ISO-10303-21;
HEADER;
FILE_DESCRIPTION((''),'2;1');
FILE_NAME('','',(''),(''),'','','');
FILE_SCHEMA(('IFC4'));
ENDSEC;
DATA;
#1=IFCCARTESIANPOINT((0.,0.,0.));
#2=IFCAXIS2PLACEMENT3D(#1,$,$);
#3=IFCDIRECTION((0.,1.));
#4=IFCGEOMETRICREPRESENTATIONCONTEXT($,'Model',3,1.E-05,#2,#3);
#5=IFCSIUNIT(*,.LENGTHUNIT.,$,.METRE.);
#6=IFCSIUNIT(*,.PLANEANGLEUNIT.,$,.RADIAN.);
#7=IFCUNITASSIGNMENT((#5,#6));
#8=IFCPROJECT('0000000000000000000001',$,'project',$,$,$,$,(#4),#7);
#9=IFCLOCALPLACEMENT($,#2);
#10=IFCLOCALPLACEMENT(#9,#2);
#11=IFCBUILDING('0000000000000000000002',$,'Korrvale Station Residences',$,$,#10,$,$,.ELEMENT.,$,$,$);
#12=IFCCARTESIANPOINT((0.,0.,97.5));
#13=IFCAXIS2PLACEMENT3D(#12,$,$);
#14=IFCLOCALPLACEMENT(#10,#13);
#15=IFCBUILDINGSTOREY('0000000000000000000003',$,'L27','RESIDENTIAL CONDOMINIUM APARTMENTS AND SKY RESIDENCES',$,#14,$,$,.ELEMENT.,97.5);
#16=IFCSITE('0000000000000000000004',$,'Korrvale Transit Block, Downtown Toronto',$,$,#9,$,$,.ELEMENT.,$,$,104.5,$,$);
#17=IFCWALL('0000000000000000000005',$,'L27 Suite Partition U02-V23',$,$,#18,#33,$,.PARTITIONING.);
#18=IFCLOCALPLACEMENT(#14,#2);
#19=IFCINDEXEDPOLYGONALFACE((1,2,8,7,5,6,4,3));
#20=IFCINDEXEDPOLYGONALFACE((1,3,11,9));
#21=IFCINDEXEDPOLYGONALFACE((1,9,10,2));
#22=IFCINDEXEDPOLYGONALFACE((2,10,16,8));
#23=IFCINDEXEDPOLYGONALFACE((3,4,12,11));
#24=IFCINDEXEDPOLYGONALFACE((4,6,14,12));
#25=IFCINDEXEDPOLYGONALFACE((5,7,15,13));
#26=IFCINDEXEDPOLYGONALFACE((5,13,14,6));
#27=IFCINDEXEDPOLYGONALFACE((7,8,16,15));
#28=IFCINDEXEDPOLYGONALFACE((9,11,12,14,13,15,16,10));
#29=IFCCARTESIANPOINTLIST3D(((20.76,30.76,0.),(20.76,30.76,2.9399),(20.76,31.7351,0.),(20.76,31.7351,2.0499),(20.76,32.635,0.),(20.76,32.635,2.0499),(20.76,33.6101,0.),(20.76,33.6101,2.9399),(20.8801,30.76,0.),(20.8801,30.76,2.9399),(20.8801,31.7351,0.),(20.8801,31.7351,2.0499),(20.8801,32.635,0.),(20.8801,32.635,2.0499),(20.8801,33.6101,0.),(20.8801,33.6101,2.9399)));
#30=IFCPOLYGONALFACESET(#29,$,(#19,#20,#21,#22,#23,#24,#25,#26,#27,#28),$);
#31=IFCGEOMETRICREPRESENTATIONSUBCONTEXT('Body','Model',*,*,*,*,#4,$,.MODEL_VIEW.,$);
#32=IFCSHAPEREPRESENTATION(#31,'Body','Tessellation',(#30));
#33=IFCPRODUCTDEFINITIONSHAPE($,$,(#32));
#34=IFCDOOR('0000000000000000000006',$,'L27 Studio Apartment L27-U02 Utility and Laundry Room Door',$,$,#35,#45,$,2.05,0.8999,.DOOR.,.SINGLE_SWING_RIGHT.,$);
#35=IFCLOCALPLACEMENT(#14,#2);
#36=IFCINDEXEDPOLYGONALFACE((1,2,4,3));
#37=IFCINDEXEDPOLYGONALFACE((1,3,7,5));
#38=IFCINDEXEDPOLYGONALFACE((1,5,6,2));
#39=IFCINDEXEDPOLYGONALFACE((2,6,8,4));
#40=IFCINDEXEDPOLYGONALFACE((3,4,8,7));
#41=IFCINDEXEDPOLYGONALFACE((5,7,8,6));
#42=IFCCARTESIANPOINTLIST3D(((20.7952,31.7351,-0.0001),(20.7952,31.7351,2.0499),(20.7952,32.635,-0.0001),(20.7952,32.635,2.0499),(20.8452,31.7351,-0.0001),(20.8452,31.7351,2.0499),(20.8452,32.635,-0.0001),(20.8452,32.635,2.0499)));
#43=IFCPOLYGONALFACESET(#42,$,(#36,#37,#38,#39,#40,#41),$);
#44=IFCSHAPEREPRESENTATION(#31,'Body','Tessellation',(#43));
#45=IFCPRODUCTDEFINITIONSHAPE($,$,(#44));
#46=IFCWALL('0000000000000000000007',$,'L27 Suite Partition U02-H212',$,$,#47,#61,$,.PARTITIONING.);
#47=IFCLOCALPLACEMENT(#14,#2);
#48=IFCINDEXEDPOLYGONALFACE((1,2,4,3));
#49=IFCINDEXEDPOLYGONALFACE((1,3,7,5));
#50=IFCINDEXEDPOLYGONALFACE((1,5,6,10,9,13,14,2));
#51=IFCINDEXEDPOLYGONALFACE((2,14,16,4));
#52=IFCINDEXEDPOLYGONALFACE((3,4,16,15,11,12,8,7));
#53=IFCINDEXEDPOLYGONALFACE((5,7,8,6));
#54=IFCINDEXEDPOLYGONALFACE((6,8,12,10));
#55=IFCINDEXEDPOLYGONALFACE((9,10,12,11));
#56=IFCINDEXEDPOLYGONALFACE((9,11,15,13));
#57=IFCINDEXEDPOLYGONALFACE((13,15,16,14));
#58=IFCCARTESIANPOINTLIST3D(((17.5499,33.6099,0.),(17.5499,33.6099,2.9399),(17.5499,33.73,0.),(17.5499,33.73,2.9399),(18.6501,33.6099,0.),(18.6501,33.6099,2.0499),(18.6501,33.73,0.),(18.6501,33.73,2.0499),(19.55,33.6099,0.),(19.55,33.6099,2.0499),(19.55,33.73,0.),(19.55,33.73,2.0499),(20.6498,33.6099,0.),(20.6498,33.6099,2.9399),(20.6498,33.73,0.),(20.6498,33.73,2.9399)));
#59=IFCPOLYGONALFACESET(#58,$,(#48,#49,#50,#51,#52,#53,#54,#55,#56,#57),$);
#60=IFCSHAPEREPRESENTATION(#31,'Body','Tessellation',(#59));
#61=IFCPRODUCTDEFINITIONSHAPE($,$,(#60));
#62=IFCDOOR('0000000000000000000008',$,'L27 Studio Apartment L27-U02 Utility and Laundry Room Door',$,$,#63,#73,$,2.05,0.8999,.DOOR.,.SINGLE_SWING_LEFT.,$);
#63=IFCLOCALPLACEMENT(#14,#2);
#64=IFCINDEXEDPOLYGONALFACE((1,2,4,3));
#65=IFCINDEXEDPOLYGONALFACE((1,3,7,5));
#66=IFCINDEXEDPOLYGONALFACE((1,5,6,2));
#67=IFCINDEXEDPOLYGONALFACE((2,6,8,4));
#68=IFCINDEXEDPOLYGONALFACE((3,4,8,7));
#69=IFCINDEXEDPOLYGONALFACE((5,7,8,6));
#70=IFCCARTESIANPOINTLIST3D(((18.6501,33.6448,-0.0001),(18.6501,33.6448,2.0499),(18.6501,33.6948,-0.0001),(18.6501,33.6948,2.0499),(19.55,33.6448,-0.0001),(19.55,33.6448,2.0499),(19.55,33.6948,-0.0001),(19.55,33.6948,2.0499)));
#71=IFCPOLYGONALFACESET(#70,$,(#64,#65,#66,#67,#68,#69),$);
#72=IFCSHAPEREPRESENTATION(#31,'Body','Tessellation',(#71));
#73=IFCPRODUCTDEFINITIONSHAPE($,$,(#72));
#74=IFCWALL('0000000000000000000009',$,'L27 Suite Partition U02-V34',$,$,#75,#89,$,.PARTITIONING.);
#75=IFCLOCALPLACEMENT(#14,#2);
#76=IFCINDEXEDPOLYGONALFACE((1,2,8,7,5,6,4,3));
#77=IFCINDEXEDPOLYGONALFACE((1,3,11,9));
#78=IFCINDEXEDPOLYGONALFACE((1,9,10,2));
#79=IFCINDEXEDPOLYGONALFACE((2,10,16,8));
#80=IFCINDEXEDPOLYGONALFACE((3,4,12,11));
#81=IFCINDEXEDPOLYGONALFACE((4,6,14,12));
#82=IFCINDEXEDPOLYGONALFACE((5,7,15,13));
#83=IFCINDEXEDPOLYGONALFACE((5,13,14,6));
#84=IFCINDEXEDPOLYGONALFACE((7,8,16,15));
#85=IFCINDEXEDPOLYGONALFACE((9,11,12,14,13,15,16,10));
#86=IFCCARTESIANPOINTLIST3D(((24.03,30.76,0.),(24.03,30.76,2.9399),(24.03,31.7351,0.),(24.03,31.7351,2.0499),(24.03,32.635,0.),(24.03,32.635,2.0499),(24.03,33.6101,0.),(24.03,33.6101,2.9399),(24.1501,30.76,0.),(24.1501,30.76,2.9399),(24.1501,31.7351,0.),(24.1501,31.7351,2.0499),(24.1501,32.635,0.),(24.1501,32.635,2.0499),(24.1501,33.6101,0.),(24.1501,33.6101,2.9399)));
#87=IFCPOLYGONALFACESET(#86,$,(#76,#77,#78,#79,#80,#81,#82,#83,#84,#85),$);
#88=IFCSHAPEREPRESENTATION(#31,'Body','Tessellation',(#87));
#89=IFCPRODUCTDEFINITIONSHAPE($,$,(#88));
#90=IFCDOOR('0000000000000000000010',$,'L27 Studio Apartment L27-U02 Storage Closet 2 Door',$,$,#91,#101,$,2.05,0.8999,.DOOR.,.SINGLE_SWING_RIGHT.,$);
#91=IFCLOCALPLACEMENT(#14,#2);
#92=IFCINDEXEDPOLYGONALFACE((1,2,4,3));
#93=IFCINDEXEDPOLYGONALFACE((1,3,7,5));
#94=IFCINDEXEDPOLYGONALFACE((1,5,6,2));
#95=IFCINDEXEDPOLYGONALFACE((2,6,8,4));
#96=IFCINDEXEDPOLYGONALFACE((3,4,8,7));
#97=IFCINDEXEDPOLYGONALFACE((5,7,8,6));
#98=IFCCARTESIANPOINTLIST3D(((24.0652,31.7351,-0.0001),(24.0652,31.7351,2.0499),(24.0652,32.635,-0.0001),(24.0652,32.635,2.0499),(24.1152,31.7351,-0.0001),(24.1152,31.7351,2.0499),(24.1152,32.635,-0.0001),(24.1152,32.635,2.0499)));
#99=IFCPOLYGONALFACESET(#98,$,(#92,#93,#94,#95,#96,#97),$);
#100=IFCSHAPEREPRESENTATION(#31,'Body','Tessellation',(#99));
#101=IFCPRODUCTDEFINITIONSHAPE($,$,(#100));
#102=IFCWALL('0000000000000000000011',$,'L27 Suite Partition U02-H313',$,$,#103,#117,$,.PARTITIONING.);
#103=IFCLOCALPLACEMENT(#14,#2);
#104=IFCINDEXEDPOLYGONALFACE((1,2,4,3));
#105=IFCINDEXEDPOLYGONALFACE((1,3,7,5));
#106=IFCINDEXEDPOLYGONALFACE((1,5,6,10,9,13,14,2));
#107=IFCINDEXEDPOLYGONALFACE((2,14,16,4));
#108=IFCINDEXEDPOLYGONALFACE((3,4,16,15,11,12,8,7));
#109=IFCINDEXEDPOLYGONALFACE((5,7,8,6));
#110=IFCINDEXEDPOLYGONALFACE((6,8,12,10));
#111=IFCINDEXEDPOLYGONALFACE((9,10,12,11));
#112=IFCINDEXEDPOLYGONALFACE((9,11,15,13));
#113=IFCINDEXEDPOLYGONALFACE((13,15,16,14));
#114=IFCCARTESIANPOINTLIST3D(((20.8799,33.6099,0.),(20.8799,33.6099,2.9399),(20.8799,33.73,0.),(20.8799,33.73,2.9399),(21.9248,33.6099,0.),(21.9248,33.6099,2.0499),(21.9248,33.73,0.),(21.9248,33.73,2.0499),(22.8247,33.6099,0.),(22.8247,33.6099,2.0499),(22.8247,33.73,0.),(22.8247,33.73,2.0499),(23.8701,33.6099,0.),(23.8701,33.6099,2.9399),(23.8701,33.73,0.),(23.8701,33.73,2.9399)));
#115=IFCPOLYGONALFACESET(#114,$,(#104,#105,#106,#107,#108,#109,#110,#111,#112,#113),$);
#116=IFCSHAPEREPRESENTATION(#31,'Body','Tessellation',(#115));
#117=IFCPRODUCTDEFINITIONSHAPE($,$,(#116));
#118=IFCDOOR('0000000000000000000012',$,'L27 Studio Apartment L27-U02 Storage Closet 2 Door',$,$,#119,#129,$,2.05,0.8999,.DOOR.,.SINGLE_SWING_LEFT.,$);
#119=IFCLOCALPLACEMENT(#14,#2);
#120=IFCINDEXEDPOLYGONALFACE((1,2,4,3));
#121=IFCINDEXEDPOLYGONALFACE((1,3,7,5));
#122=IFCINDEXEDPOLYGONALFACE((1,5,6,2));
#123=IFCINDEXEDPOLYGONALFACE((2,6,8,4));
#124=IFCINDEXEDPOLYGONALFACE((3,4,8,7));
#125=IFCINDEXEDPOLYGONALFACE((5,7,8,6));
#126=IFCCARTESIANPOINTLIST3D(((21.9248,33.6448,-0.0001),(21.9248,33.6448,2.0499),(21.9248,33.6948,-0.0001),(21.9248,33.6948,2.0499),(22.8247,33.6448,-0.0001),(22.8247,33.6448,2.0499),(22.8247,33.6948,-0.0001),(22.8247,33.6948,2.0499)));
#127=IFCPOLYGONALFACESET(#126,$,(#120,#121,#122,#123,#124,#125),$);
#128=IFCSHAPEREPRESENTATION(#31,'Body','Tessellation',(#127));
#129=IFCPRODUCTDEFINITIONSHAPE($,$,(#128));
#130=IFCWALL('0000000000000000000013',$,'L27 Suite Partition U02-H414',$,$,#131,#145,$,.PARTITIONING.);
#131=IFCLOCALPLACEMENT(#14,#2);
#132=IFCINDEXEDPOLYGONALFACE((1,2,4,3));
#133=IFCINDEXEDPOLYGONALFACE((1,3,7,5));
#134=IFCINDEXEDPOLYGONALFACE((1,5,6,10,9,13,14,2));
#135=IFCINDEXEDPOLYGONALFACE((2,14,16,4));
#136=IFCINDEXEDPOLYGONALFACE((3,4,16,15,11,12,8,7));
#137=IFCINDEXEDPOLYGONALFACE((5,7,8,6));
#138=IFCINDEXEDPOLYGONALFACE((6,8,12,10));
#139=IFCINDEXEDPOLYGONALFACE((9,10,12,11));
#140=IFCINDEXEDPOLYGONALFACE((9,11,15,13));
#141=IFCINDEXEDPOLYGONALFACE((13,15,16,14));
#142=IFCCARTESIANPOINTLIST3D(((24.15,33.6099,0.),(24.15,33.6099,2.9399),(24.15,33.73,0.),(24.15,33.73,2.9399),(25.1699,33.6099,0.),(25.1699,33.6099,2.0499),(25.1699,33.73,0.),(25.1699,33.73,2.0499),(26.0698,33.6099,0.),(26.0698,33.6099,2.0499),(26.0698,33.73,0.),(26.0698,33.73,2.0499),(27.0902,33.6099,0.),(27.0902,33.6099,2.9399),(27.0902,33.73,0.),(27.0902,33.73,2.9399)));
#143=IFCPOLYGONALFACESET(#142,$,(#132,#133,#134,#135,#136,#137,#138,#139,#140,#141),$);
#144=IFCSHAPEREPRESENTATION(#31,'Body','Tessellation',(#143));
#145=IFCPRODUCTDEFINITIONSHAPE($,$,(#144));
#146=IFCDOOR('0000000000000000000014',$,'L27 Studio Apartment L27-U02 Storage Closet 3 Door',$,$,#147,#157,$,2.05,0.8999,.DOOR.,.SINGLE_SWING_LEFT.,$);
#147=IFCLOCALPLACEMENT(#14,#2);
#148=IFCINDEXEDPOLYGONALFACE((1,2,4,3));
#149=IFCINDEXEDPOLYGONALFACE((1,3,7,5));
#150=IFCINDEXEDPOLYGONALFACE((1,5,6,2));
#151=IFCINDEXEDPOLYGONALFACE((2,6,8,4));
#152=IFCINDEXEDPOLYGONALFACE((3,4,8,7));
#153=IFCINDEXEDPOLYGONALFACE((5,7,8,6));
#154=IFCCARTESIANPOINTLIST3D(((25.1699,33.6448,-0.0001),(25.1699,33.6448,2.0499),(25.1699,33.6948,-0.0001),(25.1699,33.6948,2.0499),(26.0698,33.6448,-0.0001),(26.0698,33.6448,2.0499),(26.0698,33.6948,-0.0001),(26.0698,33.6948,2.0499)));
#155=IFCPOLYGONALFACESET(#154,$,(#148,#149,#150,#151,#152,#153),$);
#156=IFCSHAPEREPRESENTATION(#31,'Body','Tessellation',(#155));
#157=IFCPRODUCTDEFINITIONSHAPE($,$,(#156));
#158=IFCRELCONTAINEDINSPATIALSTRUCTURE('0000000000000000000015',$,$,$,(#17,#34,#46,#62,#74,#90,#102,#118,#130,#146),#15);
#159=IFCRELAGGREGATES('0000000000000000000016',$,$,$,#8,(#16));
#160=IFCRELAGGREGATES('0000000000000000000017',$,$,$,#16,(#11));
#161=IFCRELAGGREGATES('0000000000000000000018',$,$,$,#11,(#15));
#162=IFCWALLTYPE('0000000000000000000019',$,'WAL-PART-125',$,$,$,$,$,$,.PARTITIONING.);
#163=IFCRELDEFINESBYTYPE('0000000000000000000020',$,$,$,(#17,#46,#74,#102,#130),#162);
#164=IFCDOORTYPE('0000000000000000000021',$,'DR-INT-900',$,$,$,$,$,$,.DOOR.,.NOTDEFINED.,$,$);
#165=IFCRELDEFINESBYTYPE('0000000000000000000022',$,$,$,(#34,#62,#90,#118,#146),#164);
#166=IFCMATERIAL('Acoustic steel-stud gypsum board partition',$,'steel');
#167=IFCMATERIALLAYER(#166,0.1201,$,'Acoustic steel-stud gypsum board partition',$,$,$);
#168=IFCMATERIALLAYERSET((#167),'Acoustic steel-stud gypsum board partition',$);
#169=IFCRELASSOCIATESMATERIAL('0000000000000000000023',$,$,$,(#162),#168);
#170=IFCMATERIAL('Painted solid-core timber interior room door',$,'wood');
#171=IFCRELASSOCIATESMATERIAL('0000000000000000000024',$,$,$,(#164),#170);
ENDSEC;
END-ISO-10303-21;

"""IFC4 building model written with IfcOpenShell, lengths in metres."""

from ifc_helpers import new_model, si_unit, direction, frame, frame_2d, origin, place, context, subcontext, project, spatial, rectangle, extrude, material, layer, layer_set, type_object, element, fill, save


model = new_model("IFC4")

# Units and contexts
model_context = context("Model", 3, precision=1e-05, world=origin(), true_north=direction((0.0, 1.0)))
body_context = subcontext(model_context, "Body", "Model", "MODEL_VIEW")
ifc_project = project(units=[si_unit("LENGTHUNIT", "METRE"), si_unit("PLANEANGLEUNIT", "RADIAN")], contexts=[model_context])

# Site, building, storey
site_placement = place(None, origin())
site = spatial("IfcSite", under=ifc_project, at=site_placement, Name="Korrvale Transit Block, Downtown Toronto", CompositionType="ELEMENT", RefElevation=104.5)
building_placement = place(site_placement, origin())
building = spatial("IfcBuilding", under=site, at=building_placement, Name="Korrvale Station Residences", CompositionType="ELEMENT")
storey_placement = place(building_placement, frame((0.0, 0.0, 97.5)))
storey = spatial("IfcBuildingStorey", under=building, at=storey_placement, Name="L27", Description="RESIDENTIAL CONDOMINIUM APARTMENTS AND SKY RESIDENCES", CompositionType="ELEMENT", Elevation=97.5)

# Walls, openings, doors
ifc_material_1 = material(Name="Acoustic steel-stud gypsum board partition", Category="steel")
ifc_layer = layer(ifc_material_1, 0.1201, Name="Acoustic steel-stud gypsum board partition")
ifc_layer_set = layer_set([ifc_layer], Name="Acoustic steel-stud gypsum board partition")
wall_type = type_object("IfcWallType", Name="WAL-PART-125", PredefinedType="PARTITIONING", material=ifc_layer_set)
ifc_material_2 = material(Name="Painted solid-core timber interior room door", Category="wood")
door_type = type_object("IfcDoorType", Name="DR-INT-900", OperationType="NOTDEFINED", PredefinedType="DOOR", material=ifc_material_2)
wall_1_placement = place(storey_placement, frame((20.8201, 30.76, 0.0), z_axis=(0.0, 0.0, 1.0), x_axis=(0.0, 1.0, 0.0)))
wall_1 = element("IfcWall", 1, at=wall_1_placement, inside=storey, type_object=wall_type, Name="L27 Suite Partition U02-V23", PredefinedType="PARTITIONING", context=body_context, shape_type="SweptSolid", body=[
    extrude(rectangle(XDim=2.8501, YDim=0.1201, at=frame_2d((1.425, 0.0))), origin(), (0.0, 0.0, 1.0), 2.9399),
])
opening_1_placement = place(wall_1_placement, frame((0.9751, 0.0, 0.0)))
opening_1 = element("IfcOpeningElement", 2, at=opening_1_placement, cuts=wall_1, PredefinedType="OPENING", context=body_context, shape_type="SweptSolid", body=[
    extrude(rectangle(XDim=0.8999, YDim=2.05, at=frame_2d((0.45, 1.0249))), frame((0.0, 0.0701, 0.0), z_axis=(0.0, -1.0, 0.0), x_axis=(1.0, 0.0, 0.0)), (0.0, 0.0, 1.0), 0.1401),
])
door_1_placement = place(opening_1_placement, origin())
door_1 = element("IfcDoor", 3, at=door_1_placement, inside=storey, type_object=door_type, Name="L27 Studio Apartment L27-U02 Utility and Laundry Room Door", OperationType="SINGLE_SWING_RIGHT", OverallHeight=2.05, OverallWidth=0.8999, PredefinedType="DOOR", context=body_context, shape_type="SweptSolid", body=[
    extrude(rectangle(XDim=0.8999, YDim=2.05, at=frame_2d((0.45, 1.0249))), frame((0.0, 0.0249, 0.0), z_axis=(0.0, -1.0, 0.0), x_axis=(1.0, 0.0, 0.0)), (0.0, 0.0, 1.0), 0.05),
])
fill(opening_1, door_1)
wall_2_placement = place(storey_placement, frame((17.55, 33.6699, 0.0), z_axis=(0.0, 0.0, 1.0), x_axis=(1.0, 0.0, 0.0)))
wall_2 = element("IfcWall", 4, at=wall_2_placement, inside=storey, type_object=wall_type, Name="L27 Suite Partition U02-H212", PredefinedType="PARTITIONING", context=body_context, shape_type="SweptSolid", body=[
    extrude(rectangle(XDim=3.0999, YDim=0.1201, at=frame_2d((1.5498, 0.0))), origin(), (0.0, 0.0, 1.0), 2.9399),
])
opening_2_placement = place(wall_2_placement, frame((1.1001, 0.0, 0.0)))
opening_2 = element("IfcOpeningElement", 5, at=opening_2_placement, cuts=wall_2, PredefinedType="OPENING", context=body_context, shape_type="SweptSolid", body=[
    extrude(rectangle(XDim=0.8999, YDim=2.05, at=frame_2d((0.45, 1.0249))), frame((0.0, 0.0701, 0.0), z_axis=(0.0, -1.0, 0.0), x_axis=(1.0, 0.0, 0.0)), (0.0, 0.0, 1.0), 0.1401),
])
door_2_placement = place(opening_2_placement, origin())
door_2 = element("IfcDoor", 6, at=door_2_placement, inside=storey, type_object=door_type, Name="L27 Studio Apartment L27-U02 Utility and Laundry Room Door", OperationType="SINGLE_SWING_LEFT", OverallHeight=2.05, OverallWidth=0.8999, PredefinedType="DOOR", context=body_context, shape_type="SweptSolid", body=[
    extrude(rectangle(XDim=0.8999, YDim=2.05, at=frame_2d((0.45, 1.0249))), frame((0.0, 0.0249, 0.0), z_axis=(0.0, -1.0, 0.0), x_axis=(1.0, 0.0, 0.0)), (0.0, 0.0, 1.0), 0.05),
])
fill(opening_2, door_2)
wall_3_placement = place(storey_placement, frame((24.0901, 30.76, 0.0), z_axis=(0.0, 0.0, 1.0), x_axis=(0.0, 1.0, 0.0)))
wall_3 = element("IfcWall", 7, at=wall_3_placement, inside=storey, type_object=wall_type, Name="L27 Suite Partition U02-V34", PredefinedType="PARTITIONING", context=body_context, shape_type="SweptSolid", body=[
    extrude(rectangle(XDim=2.8501, YDim=0.1201, at=frame_2d((1.425, 0.0))), origin(), (0.0, 0.0, 1.0), 2.9399),
])
opening_3_placement = place(wall_3_placement, frame((0.9751, 0.0, 0.0)))
opening_3 = element("IfcOpeningElement", 8, at=opening_3_placement, cuts=wall_3, PredefinedType="OPENING", context=body_context, shape_type="SweptSolid", body=[
    extrude(rectangle(XDim=0.8999, YDim=2.05, at=frame_2d((0.45, 1.0249))), frame((0.0, 0.0701, 0.0), z_axis=(0.0, -1.0, 0.0), x_axis=(1.0, 0.0, 0.0)), (0.0, 0.0, 1.0), 0.1401),
])
door_3_placement = place(opening_3_placement, origin())
door_3 = element("IfcDoor", 9, at=door_3_placement, inside=storey, type_object=door_type, Name="L27 Studio Apartment L27-U02 Storage Closet 2 Door", OperationType="SINGLE_SWING_RIGHT", OverallHeight=2.05, OverallWidth=0.8999, PredefinedType="DOOR", context=body_context, shape_type="SweptSolid", body=[
    extrude(rectangle(XDim=0.8999, YDim=2.05, at=frame_2d((0.45, 1.0249))), frame((0.0, 0.0249, 0.0), z_axis=(0.0, -1.0, 0.0), x_axis=(1.0, 0.0, 0.0)), (0.0, 0.0, 1.0), 0.05),
])
fill(opening_3, door_3)
wall_4_placement = place(storey_placement, frame((20.8799, 33.6699, 0.0), z_axis=(0.0, 0.0, 1.0), x_axis=(1.0, 0.0, 0.0)))
wall_4 = element("IfcWall", 10, at=wall_4_placement, inside=storey, type_object=wall_type, Name="L27 Suite Partition U02-H313", PredefinedType="PARTITIONING", context=body_context, shape_type="SweptSolid", body=[
    extrude(rectangle(XDim=2.9902, YDim=0.1201, at=frame_2d((1.4951, 0.0))), origin(), (0.0, 0.0, 1.0), 2.9399),
])
opening_4_placement = place(wall_4_placement, frame((1.0449, 0.0, 0.0)))
opening_4 = element("IfcOpeningElement", 11, at=opening_4_placement, cuts=wall_4, PredefinedType="OPENING", context=body_context, shape_type="SweptSolid", body=[
    extrude(rectangle(XDim=0.8999, YDim=2.05, at=frame_2d((0.45, 1.0249))), frame((0.0, 0.0701, 0.0), z_axis=(0.0, -1.0, 0.0), x_axis=(1.0, 0.0, 0.0)), (0.0, 0.0, 1.0), 0.1401),
])
door_4_placement = place(opening_4_placement, origin())
door_4 = element("IfcDoor", 12, at=door_4_placement, inside=storey, type_object=door_type, Name="L27 Studio Apartment L27-U02 Storage Closet 2 Door", OperationType="SINGLE_SWING_LEFT", OverallHeight=2.05, OverallWidth=0.8999, PredefinedType="DOOR", context=body_context, shape_type="SweptSolid", body=[
    extrude(rectangle(XDim=0.8999, YDim=2.05, at=frame_2d((0.45, 1.0249))), frame((0.0, 0.0249, 0.0), z_axis=(0.0, -1.0, 0.0), x_axis=(1.0, 0.0, 0.0)), (0.0, 0.0, 1.0), 0.05),
])
fill(opening_4, door_4)
wall_5_placement = place(storey_placement, frame((24.1499, 33.6699, 0.0), z_axis=(0.0, 0.0, 1.0), x_axis=(1.0, 0.0, 0.0)))
wall_5 = element("IfcWall", 13, at=wall_5_placement, inside=storey, type_object=wall_type, Name="L27 Suite Partition U02-H414", PredefinedType="PARTITIONING", context=body_context, shape_type="SweptSolid", body=[
    extrude(rectangle(XDim=2.9402, YDim=0.1201, at=frame_2d((1.4702, 0.0))), origin(), (0.0, 0.0, 1.0), 2.9399),
])
opening_5_placement = place(wall_5_placement, frame((1.02, 0.0, 0.0)))
opening_5 = element("IfcOpeningElement", 14, at=opening_5_placement, cuts=wall_5, PredefinedType="OPENING", context=body_context, shape_type="SweptSolid", body=[
    extrude(rectangle(XDim=0.8999, YDim=2.05, at=frame_2d((0.45, 1.0249))), frame((0.0, 0.0701, 0.0), z_axis=(0.0, -1.0, 0.0), x_axis=(1.0, 0.0, 0.0)), (0.0, 0.0, 1.0), 0.1401),
])
door_5_placement = place(opening_5_placement, origin())
door_5 = element("IfcDoor", 15, at=door_5_placement, inside=storey, type_object=door_type, Name="L27 Studio Apartment L27-U02 Storage Closet 3 Door", OperationType="SINGLE_SWING_LEFT", OverallHeight=2.05, OverallWidth=0.8999, PredefinedType="DOOR", context=body_context, shape_type="SweptSolid", body=[
    extrude(rectangle(XDim=0.8999, YDim=2.05, at=frame_2d((0.45, 1.0249))), frame((0.0, 0.0249, 0.0), z_axis=(0.0, -1.0, 0.0), x_axis=(1.0, 0.0, 0.0)), (0.0, 0.0, 1.0), 0.05),
])
fill(opening_5, door_5)

save(model, "model.ifc")
